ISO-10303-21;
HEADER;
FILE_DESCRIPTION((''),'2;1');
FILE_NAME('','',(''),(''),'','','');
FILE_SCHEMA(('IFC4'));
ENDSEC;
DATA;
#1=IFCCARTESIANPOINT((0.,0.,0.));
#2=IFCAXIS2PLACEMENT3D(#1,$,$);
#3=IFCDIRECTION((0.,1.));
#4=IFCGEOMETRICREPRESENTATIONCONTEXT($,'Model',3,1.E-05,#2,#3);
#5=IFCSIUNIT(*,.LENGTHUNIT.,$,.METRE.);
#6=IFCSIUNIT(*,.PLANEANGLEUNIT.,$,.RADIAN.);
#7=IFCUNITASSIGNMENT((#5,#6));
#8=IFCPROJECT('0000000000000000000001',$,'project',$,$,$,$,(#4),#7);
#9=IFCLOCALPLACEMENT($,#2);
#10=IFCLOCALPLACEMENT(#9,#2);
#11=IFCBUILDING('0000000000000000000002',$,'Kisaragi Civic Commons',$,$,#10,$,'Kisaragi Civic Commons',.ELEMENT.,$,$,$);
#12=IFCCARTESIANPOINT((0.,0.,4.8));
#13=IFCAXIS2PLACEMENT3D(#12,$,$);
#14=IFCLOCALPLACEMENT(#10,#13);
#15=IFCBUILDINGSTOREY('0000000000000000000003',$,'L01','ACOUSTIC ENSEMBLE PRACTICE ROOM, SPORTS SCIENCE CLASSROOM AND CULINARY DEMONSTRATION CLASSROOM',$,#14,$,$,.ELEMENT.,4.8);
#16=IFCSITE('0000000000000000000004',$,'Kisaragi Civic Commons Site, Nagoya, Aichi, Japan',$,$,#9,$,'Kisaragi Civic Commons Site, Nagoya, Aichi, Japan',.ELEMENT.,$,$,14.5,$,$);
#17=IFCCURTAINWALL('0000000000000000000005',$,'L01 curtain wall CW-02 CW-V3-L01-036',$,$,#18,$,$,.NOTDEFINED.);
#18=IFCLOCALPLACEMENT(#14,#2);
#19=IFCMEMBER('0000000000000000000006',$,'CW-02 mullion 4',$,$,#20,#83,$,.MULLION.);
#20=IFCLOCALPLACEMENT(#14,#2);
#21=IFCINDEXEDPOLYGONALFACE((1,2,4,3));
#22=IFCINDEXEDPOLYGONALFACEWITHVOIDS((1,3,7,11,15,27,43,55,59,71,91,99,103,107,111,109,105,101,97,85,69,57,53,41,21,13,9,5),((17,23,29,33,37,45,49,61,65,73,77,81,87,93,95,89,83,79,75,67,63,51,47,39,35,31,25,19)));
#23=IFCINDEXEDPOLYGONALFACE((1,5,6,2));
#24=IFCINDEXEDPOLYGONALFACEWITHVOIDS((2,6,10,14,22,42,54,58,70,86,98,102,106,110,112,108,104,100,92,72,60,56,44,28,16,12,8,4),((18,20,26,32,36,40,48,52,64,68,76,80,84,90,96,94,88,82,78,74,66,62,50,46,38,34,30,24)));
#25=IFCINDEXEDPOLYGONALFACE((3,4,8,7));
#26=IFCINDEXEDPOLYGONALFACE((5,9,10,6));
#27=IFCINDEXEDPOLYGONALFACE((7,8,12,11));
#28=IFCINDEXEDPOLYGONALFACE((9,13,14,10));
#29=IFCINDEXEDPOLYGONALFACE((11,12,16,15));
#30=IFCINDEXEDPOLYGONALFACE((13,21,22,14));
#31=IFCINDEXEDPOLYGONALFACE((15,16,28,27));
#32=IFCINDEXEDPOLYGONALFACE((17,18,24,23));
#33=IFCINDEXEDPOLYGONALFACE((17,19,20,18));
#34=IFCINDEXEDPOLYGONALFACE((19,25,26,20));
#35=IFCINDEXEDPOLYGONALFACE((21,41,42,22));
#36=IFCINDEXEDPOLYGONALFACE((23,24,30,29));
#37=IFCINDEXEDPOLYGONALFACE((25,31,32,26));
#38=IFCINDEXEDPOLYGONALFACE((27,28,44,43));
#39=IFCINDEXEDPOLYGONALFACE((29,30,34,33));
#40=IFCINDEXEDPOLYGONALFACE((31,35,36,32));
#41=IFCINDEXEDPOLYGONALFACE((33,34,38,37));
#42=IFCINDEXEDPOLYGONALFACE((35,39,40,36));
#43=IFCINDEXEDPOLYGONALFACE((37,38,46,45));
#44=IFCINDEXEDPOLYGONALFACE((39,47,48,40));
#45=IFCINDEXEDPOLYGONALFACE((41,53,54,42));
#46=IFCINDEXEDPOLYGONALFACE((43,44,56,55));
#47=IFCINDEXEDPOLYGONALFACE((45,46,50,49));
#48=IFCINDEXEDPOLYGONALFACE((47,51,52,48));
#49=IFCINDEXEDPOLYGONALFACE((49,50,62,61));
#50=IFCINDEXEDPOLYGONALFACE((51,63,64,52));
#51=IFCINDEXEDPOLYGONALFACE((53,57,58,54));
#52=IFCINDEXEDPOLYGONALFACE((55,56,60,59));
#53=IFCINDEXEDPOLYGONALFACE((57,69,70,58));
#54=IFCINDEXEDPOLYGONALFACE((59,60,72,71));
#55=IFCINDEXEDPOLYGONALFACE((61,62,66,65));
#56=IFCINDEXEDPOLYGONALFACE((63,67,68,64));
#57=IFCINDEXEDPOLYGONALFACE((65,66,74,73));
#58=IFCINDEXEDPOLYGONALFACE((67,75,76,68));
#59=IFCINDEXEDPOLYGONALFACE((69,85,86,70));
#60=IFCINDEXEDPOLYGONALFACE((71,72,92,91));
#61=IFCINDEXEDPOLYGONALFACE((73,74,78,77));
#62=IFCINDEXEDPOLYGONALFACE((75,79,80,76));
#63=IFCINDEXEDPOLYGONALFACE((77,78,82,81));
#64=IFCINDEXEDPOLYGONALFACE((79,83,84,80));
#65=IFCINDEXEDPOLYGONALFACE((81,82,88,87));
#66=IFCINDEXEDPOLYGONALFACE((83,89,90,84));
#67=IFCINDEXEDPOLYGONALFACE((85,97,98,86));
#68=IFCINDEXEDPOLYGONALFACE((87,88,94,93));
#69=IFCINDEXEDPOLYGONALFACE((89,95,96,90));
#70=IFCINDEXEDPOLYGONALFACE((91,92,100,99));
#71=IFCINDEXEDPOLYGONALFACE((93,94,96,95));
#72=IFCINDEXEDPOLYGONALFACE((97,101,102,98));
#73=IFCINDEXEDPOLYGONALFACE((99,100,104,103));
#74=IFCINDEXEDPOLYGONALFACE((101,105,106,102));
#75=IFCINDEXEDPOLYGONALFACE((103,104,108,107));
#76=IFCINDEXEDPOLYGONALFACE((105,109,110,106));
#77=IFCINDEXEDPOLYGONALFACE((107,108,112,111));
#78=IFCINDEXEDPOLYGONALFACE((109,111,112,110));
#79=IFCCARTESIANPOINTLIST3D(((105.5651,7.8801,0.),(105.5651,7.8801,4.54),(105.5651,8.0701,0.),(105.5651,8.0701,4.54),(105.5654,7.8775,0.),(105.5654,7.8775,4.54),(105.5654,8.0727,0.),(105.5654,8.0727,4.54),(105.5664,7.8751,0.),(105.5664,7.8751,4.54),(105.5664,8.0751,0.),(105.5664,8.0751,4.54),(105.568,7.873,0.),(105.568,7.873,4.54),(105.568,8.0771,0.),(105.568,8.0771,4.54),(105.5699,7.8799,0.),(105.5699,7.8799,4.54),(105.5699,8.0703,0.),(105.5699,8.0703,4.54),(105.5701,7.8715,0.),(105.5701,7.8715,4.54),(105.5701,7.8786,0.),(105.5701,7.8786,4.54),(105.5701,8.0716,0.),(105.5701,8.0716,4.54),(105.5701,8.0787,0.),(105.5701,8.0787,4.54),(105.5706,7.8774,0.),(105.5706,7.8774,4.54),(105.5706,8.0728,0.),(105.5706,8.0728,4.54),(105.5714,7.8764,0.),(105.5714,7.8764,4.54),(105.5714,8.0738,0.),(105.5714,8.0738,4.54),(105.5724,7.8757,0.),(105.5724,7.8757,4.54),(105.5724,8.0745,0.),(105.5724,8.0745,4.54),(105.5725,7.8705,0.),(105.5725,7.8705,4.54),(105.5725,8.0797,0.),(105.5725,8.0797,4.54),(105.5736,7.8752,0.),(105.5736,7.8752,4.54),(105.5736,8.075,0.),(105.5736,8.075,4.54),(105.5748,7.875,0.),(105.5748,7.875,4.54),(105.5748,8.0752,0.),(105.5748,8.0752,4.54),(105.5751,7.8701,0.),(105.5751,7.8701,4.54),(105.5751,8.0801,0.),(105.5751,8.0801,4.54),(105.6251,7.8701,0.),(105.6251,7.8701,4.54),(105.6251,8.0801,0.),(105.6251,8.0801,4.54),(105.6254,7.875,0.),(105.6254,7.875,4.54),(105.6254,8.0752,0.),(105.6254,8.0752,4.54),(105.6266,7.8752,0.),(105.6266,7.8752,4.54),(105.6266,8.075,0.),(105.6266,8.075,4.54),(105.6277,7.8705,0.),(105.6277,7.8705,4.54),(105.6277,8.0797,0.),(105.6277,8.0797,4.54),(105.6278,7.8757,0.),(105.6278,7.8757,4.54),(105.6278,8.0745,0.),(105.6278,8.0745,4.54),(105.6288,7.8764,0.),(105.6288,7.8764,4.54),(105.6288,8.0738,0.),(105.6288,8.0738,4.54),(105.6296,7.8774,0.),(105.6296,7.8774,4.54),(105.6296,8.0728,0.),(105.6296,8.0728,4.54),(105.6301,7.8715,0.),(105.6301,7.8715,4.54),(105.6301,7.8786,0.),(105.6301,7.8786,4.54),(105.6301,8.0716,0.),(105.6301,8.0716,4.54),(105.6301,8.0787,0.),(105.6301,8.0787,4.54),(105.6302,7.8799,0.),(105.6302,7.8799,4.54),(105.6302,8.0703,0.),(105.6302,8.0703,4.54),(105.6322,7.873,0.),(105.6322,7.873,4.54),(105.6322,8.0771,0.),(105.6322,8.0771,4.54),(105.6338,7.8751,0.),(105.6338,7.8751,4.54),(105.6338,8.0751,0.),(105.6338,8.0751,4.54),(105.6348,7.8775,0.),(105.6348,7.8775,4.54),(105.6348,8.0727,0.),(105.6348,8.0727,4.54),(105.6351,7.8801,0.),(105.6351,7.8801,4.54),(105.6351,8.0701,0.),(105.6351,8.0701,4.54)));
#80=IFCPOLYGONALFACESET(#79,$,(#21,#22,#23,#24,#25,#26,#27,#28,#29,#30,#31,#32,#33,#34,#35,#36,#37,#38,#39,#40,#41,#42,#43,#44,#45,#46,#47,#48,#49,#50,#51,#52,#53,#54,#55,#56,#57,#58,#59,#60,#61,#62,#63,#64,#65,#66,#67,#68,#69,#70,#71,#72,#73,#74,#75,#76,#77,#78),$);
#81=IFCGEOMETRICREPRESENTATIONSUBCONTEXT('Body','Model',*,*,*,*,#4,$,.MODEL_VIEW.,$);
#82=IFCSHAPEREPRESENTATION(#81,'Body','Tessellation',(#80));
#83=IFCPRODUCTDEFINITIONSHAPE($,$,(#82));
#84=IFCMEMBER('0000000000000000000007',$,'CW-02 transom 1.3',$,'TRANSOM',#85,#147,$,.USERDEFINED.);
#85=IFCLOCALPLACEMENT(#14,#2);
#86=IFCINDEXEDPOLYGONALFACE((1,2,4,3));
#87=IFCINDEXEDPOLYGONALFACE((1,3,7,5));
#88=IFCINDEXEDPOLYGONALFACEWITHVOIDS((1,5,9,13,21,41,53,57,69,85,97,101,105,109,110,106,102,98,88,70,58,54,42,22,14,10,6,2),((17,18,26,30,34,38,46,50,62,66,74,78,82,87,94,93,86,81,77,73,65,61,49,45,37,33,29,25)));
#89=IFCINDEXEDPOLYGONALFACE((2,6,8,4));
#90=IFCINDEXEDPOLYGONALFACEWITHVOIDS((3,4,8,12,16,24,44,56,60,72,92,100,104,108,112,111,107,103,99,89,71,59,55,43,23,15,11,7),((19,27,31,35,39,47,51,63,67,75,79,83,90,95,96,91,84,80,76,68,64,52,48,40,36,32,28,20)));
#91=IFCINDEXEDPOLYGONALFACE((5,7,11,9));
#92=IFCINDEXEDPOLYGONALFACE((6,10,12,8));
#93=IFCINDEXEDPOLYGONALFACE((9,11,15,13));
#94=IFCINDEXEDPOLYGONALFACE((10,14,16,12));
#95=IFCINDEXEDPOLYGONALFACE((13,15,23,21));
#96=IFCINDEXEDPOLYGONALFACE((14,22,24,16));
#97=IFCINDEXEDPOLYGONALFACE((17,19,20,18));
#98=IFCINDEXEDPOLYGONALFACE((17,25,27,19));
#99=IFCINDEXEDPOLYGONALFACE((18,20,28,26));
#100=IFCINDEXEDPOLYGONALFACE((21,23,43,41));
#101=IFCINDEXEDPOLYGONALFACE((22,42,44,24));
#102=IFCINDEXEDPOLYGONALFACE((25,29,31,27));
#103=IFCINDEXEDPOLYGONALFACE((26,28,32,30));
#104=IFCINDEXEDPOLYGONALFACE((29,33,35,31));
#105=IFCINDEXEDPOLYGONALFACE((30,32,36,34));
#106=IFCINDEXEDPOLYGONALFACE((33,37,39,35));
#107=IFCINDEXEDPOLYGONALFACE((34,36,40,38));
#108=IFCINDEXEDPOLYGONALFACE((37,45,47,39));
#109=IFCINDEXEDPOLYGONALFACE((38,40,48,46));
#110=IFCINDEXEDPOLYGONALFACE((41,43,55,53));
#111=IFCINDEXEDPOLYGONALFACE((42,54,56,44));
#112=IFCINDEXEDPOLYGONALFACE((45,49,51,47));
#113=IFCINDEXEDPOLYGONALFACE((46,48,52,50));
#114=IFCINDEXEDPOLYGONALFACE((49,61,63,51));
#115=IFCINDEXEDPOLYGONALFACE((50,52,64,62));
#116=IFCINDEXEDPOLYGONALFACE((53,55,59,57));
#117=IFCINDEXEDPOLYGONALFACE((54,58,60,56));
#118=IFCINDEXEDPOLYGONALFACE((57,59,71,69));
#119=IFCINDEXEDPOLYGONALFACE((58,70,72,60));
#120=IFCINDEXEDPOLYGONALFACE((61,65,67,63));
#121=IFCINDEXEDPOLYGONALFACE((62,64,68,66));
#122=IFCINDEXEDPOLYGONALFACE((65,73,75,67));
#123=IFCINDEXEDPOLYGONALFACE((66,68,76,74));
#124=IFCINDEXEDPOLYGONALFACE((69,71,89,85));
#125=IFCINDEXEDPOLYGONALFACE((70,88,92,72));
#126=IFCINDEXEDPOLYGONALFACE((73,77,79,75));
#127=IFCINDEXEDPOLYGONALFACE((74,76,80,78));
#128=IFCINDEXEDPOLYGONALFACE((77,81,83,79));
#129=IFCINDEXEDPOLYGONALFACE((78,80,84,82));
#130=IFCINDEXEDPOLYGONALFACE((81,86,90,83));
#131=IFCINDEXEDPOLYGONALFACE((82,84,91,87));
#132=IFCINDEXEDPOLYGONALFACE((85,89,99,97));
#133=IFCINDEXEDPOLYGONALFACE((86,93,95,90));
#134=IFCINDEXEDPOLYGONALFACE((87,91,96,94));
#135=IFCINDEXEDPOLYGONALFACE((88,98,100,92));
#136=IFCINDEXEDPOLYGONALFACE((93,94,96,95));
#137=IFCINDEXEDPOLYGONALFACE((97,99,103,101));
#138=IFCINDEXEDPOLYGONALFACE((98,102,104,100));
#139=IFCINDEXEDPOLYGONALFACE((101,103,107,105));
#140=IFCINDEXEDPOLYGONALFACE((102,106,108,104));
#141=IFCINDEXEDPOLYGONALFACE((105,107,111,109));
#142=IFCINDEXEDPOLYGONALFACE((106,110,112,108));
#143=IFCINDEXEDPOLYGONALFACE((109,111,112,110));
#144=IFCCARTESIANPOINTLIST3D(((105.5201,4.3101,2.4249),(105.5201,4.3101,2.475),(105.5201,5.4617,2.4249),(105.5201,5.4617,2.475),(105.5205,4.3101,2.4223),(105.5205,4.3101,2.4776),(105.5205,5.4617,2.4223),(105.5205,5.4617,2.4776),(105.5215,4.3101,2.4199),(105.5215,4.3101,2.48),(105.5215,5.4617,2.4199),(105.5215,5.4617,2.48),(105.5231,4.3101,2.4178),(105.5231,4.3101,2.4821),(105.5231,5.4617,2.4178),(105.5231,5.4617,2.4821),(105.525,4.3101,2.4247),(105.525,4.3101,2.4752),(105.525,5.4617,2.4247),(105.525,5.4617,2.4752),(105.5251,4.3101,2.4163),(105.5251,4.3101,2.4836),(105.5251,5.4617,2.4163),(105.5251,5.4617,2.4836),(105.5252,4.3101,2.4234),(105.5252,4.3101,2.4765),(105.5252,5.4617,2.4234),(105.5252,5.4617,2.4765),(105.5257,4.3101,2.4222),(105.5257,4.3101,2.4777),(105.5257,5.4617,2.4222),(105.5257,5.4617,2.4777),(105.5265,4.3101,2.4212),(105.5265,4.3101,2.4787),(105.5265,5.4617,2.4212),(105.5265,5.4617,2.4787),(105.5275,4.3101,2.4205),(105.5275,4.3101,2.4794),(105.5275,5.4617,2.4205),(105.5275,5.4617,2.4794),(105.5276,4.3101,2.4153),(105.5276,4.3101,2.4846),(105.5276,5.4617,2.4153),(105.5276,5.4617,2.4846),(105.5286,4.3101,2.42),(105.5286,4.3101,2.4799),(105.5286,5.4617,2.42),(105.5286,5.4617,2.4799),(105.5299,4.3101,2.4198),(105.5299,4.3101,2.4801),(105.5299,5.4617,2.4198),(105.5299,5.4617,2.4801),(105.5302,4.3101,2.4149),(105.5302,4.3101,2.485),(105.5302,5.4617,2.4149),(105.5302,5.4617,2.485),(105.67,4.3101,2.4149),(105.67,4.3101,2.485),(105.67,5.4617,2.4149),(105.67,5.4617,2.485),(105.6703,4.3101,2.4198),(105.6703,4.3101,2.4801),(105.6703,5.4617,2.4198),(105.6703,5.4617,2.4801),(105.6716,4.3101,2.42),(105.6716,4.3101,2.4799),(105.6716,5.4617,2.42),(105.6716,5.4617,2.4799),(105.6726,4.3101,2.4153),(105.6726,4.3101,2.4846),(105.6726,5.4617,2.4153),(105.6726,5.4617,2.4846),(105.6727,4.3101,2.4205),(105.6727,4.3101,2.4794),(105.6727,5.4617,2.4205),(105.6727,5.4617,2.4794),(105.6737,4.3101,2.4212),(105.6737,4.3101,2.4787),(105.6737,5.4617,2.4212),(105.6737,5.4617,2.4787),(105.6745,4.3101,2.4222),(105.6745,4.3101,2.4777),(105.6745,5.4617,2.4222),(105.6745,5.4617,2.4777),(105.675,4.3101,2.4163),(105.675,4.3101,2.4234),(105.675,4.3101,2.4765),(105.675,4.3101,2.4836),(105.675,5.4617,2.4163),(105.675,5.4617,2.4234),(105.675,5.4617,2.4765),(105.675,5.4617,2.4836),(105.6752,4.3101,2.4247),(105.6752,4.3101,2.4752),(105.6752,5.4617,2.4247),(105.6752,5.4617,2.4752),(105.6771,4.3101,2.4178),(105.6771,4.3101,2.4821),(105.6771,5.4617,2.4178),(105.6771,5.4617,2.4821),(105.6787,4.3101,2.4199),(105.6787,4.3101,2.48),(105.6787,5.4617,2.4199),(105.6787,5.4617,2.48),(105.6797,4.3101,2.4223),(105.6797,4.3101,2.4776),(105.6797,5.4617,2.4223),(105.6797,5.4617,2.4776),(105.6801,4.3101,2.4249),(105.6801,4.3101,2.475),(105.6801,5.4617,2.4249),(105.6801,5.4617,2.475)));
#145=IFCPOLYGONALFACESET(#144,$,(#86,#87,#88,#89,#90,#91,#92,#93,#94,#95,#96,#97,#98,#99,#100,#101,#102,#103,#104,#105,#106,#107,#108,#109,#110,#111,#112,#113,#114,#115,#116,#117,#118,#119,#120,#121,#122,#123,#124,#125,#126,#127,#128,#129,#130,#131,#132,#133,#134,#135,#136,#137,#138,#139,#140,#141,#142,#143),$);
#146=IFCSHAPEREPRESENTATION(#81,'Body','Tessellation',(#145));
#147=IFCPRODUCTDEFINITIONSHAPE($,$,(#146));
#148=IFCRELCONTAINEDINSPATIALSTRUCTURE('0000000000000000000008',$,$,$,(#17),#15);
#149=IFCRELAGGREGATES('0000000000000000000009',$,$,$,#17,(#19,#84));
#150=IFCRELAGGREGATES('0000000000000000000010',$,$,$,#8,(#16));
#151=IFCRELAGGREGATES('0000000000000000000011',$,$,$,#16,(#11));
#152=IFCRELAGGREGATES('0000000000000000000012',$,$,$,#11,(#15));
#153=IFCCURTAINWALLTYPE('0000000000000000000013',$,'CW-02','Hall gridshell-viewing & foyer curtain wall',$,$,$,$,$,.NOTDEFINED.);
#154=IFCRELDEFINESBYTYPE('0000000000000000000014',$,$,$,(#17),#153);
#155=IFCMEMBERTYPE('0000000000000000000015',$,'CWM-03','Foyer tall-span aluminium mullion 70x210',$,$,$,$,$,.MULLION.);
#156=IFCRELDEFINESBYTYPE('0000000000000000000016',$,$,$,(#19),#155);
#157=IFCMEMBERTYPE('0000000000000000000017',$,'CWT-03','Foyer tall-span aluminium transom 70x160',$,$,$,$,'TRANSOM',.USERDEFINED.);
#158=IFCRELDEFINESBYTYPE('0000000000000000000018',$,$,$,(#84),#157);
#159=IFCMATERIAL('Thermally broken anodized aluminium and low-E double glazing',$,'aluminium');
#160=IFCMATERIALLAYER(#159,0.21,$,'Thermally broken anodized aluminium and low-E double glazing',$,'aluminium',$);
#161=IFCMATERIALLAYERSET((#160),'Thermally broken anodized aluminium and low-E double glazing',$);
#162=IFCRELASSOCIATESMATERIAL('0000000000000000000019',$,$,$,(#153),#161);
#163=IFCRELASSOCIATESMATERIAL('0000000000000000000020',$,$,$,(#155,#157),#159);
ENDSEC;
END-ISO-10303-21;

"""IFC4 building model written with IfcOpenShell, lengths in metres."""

from ifc_helpers import new_model, si_unit, direction, frame, origin, origin_2d, place, context, subcontext, project, spatial, hollow_rectangle, extrude, material, layer, layer_set, material_profile, profile_set, type_object, element, aggregate, save


model = new_model("IFC4")

# Units and contexts
model_context = context("Model", 3, precision=1e-05, world=origin(), true_north=direction((0.0, 1.0)))
body_context = subcontext(model_context, "Body", "Model", "MODEL_VIEW")
ifc_project = project(units=[si_unit("LENGTHUNIT", "METRE"), si_unit("PLANEANGLEUNIT", "RADIAN")], contexts=[model_context])

# Site, building, storey
site_placement = place(None, origin())
site = spatial("IfcSite", under=ifc_project, at=site_placement, Name="Kisaragi Civic Commons Site, Nagoya, Aichi, Japan", LongName="Kisaragi Civic Commons Site, Nagoya, Aichi, Japan", CompositionType="ELEMENT", RefElevation=14.5)
building_placement = place(site_placement, origin())
building = spatial("IfcBuilding", under=site, at=building_placement, Name="Kisaragi Civic Commons", LongName="Kisaragi Civic Commons", CompositionType="ELEMENT")
storey_placement = place(building_placement, frame((0.0, 0.0, 4.8)))
storey = spatial("IfcBuildingStorey", under=building, at=storey_placement, Name="L01", Description="ACOUSTIC ENSEMBLE PRACTICE ROOM, SPORTS SCIENCE CLASSROOM AND CULINARY DEMONSTRATION CLASSROOM", CompositionType="ELEMENT", Elevation=4.8)

# Curtain wall, members
ifc_material_1 = material(Name="Thermally broken anodized aluminium and low-E double glazing", Category="aluminium")
ifc_layer_1 = layer(ifc_material_1, 0.21, Name="Thermally broken anodized aluminium and low-E double glazing", Category="aluminium")
ifc_layer_set_1 = layer_set([ifc_layer_1], Name="Thermally broken anodized aluminium and low-E double glazing")
curtain_wall_type = type_object("IfcCurtainWallType", Name="CW-02", Description="Hall gridshell-viewing & foyer curtain wall", PredefinedType="NOTDEFINED", material=ifc_layer_set_1)
curtain_wall_placement = place(storey_placement, origin())
curtain_wall = element("IfcCurtainWall", 1, at=curtain_wall_placement, inside=storey, type_object=curtain_wall_type, Name="L01 curtain wall CW-02 CW-V3-L01-036", PredefinedType="NOTDEFINED")
ifc_material_profile_1 = material_profile(ifc_material_1, hollow_rectangle(XDim=0.0701, YDim=0.21, WallThickness=0.0049, InnerFilletRadius=0.0049, OuterFilletRadius=0.01, at=origin_2d()), Name="CWM-70x210x5", Category="aluminium")
ifc_profile_set_1 = profile_set([ifc_material_profile_1], Name="Thermally broken anodized aluminium and low-E double glazing")
member_type_1 = type_object("IfcMemberType", Name="CWM-03", Description="Foyer tall-span aluminium mullion 70x210", PredefinedType="MULLION", material=ifc_profile_set_1)
member_1_placement = place(storey_placement, frame((105.6001, 7.9751, 0.0), z_axis=(0.0, 0.0, 1.0), x_axis=(-1.0, 0.0, 0.0)))
member_1 = element("IfcMember", 2, at=member_1_placement, type_object=member_type_1, Name="CW-02 mullion 4", PredefinedType="MULLION", context=body_context, shape_type="SweptSolid", body=[
    extrude(hollow_rectangle(XDim=0.0701, YDim=0.21, WallThickness=0.0049, InnerFilletRadius=0.0049, OuterFilletRadius=0.01, at=origin_2d()), origin(), (0.0, 0.0, 1.0), 4.54),
])
ifc_material_profile_2 = material_profile(ifc_material_1, hollow_rectangle(XDim=0.1599, YDim=0.0701, WallThickness=0.0049, InnerFilletRadius=0.0049, OuterFilletRadius=0.01, at=origin_2d()), Name="CWT-70x160x5", Category="aluminium")
ifc_profile_set_2 = profile_set([ifc_material_profile_2], Name="Thermally broken anodized aluminium and low-E double glazing")
member_type_2 = type_object("IfcMemberType", Name="CWT-03", Description="Foyer tall-span aluminium transom 70x160", ElementType="TRANSOM", PredefinedType="USERDEFINED", material=ifc_profile_set_2)
member_2_placement = place(storey_placement, frame((105.6001, 4.3101, 2.45), z_axis=(0.0, 1.0, 0.0), x_axis=(-1.0, 0.0, 0.0)))
member_2 = element("IfcMember", 3, at=member_2_placement, type_object=member_type_2, Name="CW-02 transom 1.3", ObjectType="TRANSOM", PredefinedType="USERDEFINED", context=body_context, shape_type="SweptSolid", body=[
    extrude(hollow_rectangle(XDim=0.1599, YDim=0.0701, WallThickness=0.0049, InnerFilletRadius=0.0049, OuterFilletRadius=0.01, at=origin_2d()), origin(), (0.0, 0.0, 1.0), 1.1516),
])

aggregate(curtain_wall, [member_1, member_2])

save(model, "model.ifc")
